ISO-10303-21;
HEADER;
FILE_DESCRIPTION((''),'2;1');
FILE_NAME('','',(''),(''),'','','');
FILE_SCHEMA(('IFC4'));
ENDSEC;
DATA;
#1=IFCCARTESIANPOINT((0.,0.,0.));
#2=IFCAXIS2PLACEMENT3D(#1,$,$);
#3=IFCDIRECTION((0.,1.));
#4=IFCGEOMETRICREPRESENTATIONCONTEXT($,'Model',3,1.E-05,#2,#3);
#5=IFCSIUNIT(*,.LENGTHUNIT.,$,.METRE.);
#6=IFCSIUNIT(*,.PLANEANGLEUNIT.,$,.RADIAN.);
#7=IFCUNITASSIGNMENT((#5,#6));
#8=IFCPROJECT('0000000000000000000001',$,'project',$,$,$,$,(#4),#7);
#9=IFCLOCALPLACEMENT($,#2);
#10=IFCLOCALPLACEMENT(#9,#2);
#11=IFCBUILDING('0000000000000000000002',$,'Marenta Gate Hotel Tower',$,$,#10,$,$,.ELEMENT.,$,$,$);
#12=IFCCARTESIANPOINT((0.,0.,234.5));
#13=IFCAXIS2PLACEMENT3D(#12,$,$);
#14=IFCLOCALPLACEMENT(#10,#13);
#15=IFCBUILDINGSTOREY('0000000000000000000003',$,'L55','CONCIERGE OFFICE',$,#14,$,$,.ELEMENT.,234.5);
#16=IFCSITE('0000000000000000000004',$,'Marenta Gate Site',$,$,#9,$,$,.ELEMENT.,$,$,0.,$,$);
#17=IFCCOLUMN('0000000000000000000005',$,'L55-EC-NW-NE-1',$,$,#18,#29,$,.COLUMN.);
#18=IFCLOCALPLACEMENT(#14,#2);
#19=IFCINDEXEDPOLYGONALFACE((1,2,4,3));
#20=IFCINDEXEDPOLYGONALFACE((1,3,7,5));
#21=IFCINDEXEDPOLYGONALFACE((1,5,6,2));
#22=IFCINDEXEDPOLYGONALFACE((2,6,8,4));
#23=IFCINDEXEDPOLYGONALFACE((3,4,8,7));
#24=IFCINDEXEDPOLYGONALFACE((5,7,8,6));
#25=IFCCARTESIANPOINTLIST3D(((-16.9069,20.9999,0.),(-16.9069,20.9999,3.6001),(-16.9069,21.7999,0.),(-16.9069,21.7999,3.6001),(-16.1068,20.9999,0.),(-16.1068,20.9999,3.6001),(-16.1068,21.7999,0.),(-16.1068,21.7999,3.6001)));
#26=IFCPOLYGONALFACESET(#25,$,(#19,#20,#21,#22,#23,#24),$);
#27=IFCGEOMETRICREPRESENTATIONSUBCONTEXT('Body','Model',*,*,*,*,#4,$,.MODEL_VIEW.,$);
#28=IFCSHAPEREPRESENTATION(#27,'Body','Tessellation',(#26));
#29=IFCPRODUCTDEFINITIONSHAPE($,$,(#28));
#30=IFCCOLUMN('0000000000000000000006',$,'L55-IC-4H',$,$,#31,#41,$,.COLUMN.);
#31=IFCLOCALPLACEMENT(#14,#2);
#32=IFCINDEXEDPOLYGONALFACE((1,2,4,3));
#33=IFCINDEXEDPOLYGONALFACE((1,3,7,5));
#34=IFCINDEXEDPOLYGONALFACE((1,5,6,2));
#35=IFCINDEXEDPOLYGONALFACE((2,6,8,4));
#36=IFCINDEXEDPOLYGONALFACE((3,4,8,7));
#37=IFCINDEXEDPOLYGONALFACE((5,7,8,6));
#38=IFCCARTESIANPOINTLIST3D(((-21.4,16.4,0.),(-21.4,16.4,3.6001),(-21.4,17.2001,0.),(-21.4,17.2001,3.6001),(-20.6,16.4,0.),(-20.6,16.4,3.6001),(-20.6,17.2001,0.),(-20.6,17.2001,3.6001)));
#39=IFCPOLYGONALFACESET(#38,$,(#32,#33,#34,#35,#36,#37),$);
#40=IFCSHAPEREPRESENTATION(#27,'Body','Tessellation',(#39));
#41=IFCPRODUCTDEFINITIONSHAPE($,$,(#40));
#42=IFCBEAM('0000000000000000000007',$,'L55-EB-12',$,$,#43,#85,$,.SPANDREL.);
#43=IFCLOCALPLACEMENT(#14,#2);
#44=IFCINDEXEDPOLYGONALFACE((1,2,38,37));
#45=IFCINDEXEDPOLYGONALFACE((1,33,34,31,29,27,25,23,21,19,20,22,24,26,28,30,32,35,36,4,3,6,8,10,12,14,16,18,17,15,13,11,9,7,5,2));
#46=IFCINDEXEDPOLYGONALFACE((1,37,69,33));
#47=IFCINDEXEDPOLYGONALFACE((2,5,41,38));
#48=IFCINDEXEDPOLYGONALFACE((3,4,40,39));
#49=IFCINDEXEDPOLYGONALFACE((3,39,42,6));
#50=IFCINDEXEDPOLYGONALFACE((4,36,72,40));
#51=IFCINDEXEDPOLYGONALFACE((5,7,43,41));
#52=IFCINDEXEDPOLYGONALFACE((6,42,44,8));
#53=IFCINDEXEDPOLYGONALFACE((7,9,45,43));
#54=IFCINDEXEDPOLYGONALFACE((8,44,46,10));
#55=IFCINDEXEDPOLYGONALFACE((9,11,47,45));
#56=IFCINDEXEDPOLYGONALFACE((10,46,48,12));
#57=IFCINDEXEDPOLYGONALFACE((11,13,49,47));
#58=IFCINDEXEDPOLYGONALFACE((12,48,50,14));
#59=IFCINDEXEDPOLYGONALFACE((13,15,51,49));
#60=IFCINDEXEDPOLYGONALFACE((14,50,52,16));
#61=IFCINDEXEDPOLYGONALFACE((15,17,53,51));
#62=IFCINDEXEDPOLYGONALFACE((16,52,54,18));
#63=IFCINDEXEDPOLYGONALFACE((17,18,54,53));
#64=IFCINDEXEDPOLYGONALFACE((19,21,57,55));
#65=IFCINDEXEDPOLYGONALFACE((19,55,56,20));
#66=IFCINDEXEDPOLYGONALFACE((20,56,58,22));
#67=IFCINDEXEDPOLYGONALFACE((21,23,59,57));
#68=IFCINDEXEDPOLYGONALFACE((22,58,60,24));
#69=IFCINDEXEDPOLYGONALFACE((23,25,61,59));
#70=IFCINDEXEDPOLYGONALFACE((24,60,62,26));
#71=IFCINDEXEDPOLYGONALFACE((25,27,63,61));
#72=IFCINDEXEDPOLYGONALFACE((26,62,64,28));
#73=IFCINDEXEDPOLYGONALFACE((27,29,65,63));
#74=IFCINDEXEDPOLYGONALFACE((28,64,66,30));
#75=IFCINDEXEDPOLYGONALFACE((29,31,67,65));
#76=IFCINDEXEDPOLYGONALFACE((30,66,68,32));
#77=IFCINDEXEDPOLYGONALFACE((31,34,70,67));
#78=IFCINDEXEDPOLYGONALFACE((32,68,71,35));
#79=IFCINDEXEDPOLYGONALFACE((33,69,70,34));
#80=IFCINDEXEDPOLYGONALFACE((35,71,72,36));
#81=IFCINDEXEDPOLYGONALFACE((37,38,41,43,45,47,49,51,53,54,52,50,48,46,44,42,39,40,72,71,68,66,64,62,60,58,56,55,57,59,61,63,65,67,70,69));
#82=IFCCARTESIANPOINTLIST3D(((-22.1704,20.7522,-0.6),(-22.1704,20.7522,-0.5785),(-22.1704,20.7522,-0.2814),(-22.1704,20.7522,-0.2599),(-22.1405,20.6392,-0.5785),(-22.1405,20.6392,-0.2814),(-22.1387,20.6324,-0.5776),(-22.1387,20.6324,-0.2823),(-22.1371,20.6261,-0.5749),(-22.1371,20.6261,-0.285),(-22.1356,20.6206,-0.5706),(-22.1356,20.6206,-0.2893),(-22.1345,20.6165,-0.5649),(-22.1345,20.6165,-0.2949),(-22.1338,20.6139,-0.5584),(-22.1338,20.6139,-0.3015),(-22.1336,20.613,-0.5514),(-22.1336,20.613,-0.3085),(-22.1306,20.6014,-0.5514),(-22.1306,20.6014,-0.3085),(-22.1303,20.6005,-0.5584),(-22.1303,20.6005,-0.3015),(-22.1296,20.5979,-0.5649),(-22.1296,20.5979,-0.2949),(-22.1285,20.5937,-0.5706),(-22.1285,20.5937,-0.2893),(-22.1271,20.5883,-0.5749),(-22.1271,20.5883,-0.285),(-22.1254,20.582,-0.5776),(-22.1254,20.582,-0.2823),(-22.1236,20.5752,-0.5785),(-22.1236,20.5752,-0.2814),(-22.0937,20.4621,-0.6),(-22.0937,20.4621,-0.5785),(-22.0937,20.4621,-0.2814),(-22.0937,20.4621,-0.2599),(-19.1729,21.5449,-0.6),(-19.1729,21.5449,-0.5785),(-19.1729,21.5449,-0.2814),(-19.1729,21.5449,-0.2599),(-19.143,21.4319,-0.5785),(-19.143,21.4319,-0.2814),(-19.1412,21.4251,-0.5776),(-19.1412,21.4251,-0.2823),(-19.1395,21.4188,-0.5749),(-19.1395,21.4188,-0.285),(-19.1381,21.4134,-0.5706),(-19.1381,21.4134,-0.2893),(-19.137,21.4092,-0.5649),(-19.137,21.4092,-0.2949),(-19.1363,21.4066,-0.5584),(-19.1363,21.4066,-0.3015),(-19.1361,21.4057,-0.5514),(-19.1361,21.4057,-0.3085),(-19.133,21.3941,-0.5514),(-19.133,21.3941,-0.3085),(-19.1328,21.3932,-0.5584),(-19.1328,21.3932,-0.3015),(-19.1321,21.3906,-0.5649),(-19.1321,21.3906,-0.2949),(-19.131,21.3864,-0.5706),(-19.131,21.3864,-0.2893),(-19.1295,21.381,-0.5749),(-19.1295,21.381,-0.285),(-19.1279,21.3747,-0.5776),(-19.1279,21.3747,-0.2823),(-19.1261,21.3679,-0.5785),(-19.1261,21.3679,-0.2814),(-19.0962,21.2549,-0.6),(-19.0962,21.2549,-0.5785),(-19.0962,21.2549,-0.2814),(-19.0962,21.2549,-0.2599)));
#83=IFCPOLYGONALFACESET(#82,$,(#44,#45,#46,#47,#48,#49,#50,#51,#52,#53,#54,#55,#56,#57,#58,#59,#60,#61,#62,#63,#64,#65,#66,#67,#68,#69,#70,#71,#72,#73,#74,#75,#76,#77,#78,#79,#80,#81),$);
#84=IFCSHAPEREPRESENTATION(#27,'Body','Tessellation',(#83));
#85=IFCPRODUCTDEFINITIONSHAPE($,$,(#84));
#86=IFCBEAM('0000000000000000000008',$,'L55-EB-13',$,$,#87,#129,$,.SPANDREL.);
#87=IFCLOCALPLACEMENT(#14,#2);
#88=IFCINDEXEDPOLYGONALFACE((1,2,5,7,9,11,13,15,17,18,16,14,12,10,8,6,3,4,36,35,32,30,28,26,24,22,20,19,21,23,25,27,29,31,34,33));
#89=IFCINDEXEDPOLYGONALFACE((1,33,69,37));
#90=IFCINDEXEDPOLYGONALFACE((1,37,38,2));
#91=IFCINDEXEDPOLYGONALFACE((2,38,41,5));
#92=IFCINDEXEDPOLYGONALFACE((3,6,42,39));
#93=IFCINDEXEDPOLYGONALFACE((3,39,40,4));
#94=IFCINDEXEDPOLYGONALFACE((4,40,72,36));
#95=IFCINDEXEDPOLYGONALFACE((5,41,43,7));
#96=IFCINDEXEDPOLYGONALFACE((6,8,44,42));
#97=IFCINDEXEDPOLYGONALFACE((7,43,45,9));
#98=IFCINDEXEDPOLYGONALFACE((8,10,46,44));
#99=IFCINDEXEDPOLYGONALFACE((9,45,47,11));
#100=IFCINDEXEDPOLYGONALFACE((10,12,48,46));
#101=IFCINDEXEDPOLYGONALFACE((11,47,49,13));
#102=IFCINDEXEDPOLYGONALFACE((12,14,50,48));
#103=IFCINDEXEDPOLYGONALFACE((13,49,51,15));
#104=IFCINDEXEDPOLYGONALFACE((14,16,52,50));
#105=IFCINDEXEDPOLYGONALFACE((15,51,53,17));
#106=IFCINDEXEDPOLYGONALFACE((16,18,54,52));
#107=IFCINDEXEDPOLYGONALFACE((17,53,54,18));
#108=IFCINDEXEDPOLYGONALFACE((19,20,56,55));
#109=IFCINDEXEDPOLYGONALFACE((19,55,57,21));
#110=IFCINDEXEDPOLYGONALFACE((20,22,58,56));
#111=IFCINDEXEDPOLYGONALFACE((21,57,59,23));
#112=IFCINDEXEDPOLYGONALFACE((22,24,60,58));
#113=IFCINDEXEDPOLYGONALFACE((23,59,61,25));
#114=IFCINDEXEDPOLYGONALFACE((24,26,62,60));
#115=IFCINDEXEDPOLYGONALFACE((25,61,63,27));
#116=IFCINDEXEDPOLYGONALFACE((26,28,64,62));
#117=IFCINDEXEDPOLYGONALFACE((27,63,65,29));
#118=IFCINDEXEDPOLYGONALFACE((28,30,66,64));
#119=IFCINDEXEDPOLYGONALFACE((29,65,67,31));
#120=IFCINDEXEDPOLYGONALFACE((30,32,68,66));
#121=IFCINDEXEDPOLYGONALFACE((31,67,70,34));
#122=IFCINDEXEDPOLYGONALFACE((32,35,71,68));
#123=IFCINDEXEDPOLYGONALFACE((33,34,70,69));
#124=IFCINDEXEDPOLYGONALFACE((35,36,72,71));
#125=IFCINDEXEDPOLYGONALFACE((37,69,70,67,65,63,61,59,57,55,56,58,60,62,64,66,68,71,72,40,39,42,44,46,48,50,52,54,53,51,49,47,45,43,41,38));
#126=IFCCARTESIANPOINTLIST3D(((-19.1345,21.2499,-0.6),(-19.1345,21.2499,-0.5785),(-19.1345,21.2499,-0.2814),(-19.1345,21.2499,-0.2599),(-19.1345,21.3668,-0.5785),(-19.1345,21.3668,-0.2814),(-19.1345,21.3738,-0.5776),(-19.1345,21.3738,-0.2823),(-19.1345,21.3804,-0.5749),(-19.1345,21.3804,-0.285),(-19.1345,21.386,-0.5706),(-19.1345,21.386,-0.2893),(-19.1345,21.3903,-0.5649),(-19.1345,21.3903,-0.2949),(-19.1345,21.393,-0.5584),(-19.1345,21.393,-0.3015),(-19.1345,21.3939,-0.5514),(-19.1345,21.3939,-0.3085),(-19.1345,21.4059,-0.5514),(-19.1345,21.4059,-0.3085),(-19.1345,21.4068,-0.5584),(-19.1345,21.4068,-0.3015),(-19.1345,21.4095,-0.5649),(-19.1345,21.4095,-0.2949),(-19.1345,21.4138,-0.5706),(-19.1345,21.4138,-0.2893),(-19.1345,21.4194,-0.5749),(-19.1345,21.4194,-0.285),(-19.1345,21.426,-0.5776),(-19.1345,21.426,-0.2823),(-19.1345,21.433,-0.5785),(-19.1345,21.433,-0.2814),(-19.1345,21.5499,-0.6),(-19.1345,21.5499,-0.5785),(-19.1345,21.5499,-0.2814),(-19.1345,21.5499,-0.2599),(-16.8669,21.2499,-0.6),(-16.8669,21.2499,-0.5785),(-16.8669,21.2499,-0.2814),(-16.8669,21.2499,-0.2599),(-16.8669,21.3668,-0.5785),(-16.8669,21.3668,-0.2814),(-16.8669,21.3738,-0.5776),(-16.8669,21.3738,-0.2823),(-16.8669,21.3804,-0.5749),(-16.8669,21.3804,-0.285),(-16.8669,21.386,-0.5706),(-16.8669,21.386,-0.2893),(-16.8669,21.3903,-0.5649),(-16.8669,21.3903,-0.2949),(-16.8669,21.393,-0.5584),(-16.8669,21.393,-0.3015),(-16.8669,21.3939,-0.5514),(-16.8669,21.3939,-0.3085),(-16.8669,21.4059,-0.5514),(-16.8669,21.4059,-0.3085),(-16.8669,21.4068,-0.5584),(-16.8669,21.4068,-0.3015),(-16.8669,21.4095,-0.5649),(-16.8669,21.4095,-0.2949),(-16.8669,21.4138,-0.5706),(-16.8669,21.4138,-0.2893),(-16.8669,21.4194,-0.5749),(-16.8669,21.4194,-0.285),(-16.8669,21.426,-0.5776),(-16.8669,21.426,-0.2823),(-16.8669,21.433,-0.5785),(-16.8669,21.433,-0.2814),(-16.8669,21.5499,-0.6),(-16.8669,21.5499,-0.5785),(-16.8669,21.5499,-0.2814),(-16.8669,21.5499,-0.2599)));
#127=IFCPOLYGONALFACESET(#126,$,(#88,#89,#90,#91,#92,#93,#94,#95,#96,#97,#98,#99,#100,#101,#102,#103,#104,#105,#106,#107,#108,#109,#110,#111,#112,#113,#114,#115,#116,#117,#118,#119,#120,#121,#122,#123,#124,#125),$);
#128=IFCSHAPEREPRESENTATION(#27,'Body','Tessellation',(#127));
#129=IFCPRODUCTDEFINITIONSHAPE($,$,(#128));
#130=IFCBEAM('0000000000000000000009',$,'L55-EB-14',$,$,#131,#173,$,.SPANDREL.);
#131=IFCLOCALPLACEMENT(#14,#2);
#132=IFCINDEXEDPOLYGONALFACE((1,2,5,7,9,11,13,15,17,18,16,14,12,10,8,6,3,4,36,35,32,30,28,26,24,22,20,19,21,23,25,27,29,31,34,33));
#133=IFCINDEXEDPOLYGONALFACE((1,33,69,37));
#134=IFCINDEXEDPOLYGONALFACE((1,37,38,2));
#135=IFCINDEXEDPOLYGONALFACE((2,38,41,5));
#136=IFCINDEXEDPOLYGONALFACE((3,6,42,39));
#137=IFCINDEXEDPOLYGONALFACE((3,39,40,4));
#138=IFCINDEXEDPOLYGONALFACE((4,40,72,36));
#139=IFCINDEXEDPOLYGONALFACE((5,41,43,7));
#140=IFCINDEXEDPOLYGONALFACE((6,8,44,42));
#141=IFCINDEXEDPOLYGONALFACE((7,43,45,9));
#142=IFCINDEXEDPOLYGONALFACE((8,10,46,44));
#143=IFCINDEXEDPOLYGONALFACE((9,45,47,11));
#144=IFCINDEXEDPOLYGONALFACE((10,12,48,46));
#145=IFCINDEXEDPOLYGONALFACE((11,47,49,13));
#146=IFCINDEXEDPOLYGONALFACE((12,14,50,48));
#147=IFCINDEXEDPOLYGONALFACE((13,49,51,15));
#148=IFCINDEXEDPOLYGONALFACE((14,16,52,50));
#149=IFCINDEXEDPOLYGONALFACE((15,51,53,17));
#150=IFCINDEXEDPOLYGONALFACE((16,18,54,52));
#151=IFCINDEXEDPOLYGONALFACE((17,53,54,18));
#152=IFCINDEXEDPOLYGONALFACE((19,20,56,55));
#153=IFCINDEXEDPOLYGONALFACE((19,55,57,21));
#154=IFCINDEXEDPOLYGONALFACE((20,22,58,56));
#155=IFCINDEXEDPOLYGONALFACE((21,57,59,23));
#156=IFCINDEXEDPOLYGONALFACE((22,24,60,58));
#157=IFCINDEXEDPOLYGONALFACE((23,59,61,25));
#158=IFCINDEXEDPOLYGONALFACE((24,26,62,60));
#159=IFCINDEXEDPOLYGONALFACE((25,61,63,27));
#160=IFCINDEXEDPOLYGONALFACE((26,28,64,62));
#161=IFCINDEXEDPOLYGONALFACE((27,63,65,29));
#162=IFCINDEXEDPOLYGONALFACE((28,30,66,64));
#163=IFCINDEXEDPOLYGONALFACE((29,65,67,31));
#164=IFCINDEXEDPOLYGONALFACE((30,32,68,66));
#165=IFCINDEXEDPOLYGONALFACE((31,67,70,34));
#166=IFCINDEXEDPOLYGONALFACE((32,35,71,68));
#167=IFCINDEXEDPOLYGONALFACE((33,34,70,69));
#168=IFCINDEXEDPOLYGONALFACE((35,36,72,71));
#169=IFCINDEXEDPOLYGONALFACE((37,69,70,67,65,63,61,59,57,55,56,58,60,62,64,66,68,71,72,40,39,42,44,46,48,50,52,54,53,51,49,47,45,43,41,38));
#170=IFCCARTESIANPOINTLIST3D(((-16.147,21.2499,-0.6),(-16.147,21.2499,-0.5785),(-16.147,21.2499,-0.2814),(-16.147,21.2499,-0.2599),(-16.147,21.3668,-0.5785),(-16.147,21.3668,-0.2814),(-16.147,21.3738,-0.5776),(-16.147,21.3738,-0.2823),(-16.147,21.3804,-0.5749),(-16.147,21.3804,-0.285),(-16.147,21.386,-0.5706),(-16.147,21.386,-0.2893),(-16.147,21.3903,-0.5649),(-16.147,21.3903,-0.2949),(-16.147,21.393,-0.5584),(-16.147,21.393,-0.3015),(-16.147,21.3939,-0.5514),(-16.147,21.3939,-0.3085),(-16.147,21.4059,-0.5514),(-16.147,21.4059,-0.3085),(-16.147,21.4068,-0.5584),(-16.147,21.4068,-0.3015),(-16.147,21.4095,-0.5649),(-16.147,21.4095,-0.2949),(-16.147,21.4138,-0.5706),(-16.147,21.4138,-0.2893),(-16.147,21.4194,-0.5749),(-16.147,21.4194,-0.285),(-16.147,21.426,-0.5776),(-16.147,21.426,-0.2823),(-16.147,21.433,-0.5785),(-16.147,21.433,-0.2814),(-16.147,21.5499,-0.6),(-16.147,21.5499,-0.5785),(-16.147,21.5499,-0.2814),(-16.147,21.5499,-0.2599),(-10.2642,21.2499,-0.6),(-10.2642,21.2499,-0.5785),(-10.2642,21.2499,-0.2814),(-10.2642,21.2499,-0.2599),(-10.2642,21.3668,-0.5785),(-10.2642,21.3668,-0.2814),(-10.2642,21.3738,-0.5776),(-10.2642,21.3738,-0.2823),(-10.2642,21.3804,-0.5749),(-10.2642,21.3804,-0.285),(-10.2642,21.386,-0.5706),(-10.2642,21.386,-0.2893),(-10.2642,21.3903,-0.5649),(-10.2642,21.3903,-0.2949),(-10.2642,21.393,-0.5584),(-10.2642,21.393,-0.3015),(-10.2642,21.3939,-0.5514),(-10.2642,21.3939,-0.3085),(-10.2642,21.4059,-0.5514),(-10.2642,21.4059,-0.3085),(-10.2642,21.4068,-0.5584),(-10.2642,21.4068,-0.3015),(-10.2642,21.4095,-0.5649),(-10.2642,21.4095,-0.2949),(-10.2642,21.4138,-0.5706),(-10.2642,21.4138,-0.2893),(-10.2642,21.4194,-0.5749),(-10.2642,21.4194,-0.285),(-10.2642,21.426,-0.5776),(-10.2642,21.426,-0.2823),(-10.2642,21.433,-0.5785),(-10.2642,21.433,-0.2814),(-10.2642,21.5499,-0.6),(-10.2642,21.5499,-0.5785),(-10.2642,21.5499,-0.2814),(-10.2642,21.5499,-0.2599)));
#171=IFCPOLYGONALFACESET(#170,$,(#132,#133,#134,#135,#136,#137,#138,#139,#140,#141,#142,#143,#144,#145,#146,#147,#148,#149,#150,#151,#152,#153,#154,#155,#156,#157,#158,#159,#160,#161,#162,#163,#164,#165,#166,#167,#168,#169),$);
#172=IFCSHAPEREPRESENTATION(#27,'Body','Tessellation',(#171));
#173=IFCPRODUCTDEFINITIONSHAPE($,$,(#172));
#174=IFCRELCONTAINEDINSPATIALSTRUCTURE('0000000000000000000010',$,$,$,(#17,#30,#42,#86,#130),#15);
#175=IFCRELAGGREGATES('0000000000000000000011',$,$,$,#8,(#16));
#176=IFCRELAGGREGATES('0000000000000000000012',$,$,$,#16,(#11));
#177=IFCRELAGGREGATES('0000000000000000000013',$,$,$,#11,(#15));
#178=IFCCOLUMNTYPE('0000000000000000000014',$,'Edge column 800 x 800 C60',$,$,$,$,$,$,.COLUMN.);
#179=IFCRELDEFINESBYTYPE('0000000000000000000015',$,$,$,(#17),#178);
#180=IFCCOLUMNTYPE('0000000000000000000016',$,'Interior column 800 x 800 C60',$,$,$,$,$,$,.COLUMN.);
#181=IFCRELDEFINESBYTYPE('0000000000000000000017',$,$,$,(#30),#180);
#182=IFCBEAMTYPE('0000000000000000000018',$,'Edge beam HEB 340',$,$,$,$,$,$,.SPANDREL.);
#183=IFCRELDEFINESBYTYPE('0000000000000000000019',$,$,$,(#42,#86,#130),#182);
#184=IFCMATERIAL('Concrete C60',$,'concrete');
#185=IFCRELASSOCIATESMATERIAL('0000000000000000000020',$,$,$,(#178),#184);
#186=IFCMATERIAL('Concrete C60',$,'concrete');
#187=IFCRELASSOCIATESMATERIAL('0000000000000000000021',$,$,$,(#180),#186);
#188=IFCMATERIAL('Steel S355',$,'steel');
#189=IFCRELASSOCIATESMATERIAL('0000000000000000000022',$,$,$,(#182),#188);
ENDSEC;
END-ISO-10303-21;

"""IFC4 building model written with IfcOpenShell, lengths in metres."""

from ifc_helpers import new_model, si_unit, direction, frame, origin, origin_2d, place, context, subcontext, project, spatial, rectangle, i_section, extrude, material, material_profile, profile_set, type_object, element, save


model = new_model("IFC4")

# Units and contexts
model_context = context("Model", 3, precision=1e-05, world=origin(), true_north=direction((0.0, 1.0)))
body_context = subcontext(model_context, "Body", "Model", "MODEL_VIEW")
ifc_project = project(units=[si_unit("LENGTHUNIT", "METRE"), si_unit("PLANEANGLEUNIT", "RADIAN")], contexts=[model_context])

# Site, building, storey
site_placement = place(None, origin())
site = spatial("IfcSite", under=ifc_project, at=site_placement, Name="Marenta Gate Site", CompositionType="ELEMENT", RefElevation=0.0)
building_placement = place(site_placement, origin())
building = spatial("IfcBuilding", under=site, at=building_placement, Name="Marenta Gate Hotel Tower", CompositionType="ELEMENT")
storey_placement = place(building_placement, frame((0.0, 0.0, 234.5)))
storey = spatial("IfcBuildingStorey", under=building, at=storey_placement, Name="L55", Description="CONCIERGE OFFICE", CompositionType="ELEMENT", Elevation=234.5)

# Columns
ifc_material_1 = material(Name="Concrete C60", Category="concrete")
ifc_material_profile_1 = material_profile(ifc_material_1, rectangle(XDim=0.8, YDim=0.8, at=origin_2d()), Name="800 x 800")
ifc_profile_set_1 = profile_set([ifc_material_profile_1], Name="Concrete C60")
column_type_1 = type_object("IfcColumnType", Name="Edge column 800 x 800 C60", PredefinedType="COLUMN", material=ifc_profile_set_1)
column_1_placement = place(storey_placement, frame((-16.5068, 21.3999, 0.0), z_axis=(0.0, 0.0, 1.0), x_axis=(1.0, 0.0, 0.0)))
element("IfcColumn", 1, at=column_1_placement, inside=storey, type_object=column_type_1, Name="L55-EC-NW-NE-1", PredefinedType="COLUMN", context=body_context, shape_type="SweptSolid", body=[
    extrude(rectangle(XDim=0.8, YDim=0.8, at=origin_2d()), origin(), (0.0, 0.0, 1.0), 3.6001),
])
ifc_material_2 = material(Name="Concrete C60", Category="concrete")
ifc_material_profile_2 = material_profile(ifc_material_2, rectangle(XDim=0.8, YDim=0.8, at=origin_2d()), Name="800 x 800")
ifc_profile_set_2 = profile_set([ifc_material_profile_2], Name="Concrete C60")
column_type_2 = type_object("IfcColumnType", Name="Interior column 800 x 800 C60", PredefinedType="COLUMN", material=ifc_profile_set_2)
column_2_placement = place(storey_placement, frame((-21.0, 16.8, 0.0), z_axis=(0.0, 0.0, 1.0), x_axis=(1.0, 0.0, 0.0)))
element("IfcColumn", 2, at=column_2_placement, inside=storey, type_object=column_type_2, Name="L55-IC-4H", PredefinedType="COLUMN", context=body_context, shape_type="SweptSolid", body=[
    extrude(rectangle(XDim=0.8, YDim=0.8, at=origin_2d()), origin(), (0.0, 0.0, 1.0), 3.6001),
])

# Beams
ifc_material_3 = material(Name="Steel S355", Category="steel")
ifc_material_profile_3 = material_profile(ifc_material_3, i_section(OverallWidth=0.3, OverallDepth=0.3401, WebThickness=0.012, FlangeThickness=0.0215, FilletRadius=0.0271, at=origin_2d()), Name="HEB 340")
ifc_profile_set_3 = profile_set([ifc_material_profile_3], Name="Steel S355")
beam_type_1 = type_object("IfcBeamType", Name="Edge beam HEB 340", PredefinedType="SPANDREL", material=ifc_profile_set_3)
beam_1_placement = place(storey_placement, frame((-22.1321, 20.6072, -0.4299), z_axis=(0.966765, 0.255667, 0.0), x_axis=(-0.255667, 0.966765, 0.0)))
element("IfcBeam", 3, at=beam_1_placement, inside=storey, type_object=beam_type_1, Name="L55-EB-12", PredefinedType="SPANDREL", context=body_context, shape_type="SweptSolid", body=[
    extrude(i_section(OverallWidth=0.3, OverallDepth=0.3401, WebThickness=0.012, FlangeThickness=0.0215, FilletRadius=0.0271, at=origin_2d()), origin(), (0.0, 0.0, 1.0), 3.1006),
])
beam_2_placement = place(storey_placement, frame((-19.1345, 21.3999, -0.4299), z_axis=(1.0, 0.0, 0.0), x_axis=(0.0, 1.0, 0.0)))
element("IfcBeam", 4, at=beam_2_placement, inside=storey, type_object=beam_type_1, Name="L55-EB-13", PredefinedType="SPANDREL", context=body_context, shape_type="SweptSolid", body=[
    extrude(i_section(OverallWidth=0.3, OverallDepth=0.3401, WebThickness=0.012, FlangeThickness=0.0215, FilletRadius=0.0271, at=origin_2d()), origin(), (0.0, 0.0, 1.0), 2.2676),
])
beam_3_placement = place(storey_placement, frame((-16.147, 21.3999, -0.4299), z_axis=(1.0, 0.0, 0.0), x_axis=(0.0, 1.0, 0.0)))
element("IfcBeam", 5, at=beam_3_placement, inside=storey, type_object=beam_type_1, Name="L55-EB-14", PredefinedType="SPANDREL", context=body_context, shape_type="SweptSolid", body=[
    extrude(i_section(OverallWidth=0.3, OverallDepth=0.3401, WebThickness=0.012, FlangeThickness=0.0215, FilletRadius=0.0271, at=origin_2d()), origin(), (0.0, 0.0, 1.0), 5.8828),
])

save(model, "model.ifc")
